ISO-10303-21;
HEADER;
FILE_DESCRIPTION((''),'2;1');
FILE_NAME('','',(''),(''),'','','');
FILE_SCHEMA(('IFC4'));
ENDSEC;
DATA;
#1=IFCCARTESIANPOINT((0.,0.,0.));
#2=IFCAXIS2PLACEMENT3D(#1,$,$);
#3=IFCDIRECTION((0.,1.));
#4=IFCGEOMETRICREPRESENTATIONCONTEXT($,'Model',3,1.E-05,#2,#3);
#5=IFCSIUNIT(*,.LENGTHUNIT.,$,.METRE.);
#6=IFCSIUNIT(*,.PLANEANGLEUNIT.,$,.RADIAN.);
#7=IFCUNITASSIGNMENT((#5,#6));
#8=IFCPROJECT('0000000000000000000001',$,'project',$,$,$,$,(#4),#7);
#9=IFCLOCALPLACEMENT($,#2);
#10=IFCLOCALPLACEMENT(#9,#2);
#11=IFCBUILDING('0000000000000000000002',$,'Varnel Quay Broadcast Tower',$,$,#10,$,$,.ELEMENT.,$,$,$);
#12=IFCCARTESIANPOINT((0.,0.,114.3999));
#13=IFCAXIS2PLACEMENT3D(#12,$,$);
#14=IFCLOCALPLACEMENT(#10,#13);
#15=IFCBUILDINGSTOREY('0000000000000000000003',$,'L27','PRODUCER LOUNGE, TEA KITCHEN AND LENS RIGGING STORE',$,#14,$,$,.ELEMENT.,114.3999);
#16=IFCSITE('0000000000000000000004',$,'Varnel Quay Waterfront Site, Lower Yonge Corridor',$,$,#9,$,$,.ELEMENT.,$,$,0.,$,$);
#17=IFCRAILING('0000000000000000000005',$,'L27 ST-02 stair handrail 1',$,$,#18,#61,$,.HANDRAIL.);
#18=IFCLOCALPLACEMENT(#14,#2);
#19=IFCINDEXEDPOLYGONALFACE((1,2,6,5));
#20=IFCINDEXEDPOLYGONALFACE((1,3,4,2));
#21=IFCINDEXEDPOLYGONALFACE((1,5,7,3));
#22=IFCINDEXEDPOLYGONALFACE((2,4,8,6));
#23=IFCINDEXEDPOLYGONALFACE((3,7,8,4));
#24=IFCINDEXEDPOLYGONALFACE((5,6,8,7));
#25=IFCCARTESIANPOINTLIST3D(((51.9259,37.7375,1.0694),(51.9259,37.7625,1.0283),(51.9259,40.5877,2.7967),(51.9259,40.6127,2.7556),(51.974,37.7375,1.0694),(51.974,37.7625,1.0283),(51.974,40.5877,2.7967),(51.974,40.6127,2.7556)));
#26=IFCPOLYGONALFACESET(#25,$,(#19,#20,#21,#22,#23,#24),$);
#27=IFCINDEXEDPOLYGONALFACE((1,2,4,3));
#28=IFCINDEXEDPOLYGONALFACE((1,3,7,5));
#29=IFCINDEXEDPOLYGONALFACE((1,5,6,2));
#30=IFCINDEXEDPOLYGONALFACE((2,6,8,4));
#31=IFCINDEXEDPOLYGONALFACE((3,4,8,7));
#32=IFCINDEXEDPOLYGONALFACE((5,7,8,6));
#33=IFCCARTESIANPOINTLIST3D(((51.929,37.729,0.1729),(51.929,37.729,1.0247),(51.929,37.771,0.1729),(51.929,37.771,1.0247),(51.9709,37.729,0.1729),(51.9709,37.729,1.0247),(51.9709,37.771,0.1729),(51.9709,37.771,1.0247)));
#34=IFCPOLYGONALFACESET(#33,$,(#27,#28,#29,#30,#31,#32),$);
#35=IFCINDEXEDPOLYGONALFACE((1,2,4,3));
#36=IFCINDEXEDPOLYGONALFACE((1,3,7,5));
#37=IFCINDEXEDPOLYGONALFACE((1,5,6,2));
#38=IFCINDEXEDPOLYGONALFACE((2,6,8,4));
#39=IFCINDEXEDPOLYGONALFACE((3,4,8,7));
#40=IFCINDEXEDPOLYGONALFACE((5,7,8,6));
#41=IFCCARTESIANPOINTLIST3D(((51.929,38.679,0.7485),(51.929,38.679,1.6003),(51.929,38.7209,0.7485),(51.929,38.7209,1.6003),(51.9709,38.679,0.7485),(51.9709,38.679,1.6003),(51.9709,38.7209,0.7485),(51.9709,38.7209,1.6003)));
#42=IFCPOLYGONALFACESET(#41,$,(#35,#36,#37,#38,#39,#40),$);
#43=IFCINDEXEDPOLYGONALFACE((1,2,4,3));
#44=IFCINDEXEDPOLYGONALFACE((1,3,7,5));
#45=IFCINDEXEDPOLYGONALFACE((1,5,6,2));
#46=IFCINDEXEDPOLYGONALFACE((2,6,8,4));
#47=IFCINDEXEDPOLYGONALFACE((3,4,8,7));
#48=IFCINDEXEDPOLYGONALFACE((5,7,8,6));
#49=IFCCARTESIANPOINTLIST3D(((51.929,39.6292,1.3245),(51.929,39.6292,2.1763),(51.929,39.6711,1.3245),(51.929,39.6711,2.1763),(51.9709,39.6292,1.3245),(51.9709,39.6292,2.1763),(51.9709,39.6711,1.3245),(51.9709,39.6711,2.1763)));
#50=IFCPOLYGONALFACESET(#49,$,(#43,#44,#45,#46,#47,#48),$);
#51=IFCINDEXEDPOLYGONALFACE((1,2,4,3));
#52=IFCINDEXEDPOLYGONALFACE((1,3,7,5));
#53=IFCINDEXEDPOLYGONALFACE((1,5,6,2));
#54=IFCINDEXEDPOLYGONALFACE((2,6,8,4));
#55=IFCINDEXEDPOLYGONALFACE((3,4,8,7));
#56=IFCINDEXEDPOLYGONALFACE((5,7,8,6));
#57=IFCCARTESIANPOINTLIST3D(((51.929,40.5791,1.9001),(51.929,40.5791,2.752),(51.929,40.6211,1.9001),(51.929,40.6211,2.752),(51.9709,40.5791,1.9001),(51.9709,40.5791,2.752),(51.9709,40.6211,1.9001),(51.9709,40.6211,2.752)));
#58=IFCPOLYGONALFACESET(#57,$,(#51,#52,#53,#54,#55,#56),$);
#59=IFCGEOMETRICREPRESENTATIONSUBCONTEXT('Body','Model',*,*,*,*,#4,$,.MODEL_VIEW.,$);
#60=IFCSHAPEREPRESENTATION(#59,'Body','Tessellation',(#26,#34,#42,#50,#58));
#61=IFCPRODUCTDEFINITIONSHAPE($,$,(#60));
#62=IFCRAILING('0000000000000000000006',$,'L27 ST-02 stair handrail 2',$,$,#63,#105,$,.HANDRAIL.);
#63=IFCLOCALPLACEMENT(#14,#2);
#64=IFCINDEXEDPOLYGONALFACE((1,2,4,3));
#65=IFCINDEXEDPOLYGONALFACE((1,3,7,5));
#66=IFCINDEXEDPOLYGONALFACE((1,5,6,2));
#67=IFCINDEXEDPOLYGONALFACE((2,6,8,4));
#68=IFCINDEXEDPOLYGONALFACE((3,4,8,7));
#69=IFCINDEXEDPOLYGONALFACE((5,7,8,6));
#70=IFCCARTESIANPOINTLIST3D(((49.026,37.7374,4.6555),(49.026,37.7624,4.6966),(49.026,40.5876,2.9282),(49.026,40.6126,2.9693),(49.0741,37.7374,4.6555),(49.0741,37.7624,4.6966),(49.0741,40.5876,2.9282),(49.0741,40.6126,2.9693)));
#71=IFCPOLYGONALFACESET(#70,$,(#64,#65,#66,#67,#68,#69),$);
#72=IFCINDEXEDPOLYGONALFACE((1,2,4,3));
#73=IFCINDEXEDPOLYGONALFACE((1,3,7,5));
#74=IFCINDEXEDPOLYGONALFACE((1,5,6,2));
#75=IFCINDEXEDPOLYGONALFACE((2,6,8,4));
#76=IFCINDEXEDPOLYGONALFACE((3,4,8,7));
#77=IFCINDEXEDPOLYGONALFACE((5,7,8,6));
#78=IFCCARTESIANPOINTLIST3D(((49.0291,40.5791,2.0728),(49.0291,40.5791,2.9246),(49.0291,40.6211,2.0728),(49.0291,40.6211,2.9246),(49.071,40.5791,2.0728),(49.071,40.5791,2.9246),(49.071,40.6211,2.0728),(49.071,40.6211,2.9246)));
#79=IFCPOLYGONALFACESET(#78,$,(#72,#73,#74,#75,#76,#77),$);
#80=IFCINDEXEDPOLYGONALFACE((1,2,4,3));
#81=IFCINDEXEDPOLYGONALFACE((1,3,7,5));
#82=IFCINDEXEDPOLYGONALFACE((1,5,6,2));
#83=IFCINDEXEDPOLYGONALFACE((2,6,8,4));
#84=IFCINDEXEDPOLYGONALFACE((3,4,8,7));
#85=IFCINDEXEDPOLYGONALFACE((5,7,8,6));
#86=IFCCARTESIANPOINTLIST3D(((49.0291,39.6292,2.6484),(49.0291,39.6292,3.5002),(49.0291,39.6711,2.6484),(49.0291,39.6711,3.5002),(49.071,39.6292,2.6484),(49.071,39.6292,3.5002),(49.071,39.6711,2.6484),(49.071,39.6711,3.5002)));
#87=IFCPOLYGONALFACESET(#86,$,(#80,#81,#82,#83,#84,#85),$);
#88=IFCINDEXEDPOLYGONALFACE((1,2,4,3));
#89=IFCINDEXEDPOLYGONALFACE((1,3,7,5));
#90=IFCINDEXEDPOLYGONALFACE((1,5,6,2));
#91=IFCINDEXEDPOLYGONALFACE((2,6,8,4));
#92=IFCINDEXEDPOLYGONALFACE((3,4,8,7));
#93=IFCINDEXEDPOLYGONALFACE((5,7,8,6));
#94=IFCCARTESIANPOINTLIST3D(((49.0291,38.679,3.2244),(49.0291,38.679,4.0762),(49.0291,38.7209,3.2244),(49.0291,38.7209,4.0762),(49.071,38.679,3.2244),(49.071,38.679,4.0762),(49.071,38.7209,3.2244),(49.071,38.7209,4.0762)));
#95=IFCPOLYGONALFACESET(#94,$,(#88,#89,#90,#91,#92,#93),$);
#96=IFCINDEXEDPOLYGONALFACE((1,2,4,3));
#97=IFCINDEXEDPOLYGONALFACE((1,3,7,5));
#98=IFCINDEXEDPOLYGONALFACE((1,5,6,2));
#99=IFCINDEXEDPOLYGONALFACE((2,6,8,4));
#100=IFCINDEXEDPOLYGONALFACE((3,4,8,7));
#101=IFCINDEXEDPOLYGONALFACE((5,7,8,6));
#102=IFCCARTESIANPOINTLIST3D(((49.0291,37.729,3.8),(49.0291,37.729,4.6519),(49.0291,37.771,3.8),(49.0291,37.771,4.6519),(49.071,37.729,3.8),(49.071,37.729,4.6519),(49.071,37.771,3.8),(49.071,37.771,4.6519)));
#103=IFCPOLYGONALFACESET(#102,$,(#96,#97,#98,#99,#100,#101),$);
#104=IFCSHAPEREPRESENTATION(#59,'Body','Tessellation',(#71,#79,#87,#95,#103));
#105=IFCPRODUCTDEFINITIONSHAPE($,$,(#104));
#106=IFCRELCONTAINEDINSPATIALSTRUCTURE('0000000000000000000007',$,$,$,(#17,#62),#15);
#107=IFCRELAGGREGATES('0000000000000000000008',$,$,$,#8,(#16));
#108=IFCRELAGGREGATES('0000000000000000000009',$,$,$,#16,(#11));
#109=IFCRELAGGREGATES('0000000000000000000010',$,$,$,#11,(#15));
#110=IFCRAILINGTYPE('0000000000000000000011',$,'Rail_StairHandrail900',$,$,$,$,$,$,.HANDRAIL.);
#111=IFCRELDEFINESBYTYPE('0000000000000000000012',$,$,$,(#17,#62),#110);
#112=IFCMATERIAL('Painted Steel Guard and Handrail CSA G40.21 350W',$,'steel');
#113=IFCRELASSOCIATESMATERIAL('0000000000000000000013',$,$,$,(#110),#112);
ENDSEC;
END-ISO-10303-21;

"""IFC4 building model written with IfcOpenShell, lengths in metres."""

from ifc_helpers import new_model, si_unit, direction, frame, origin, origin_2d, place, context, subcontext, project, spatial, rectangle, extrude, material, type_object, element, save


model = new_model("IFC4")

# Units and contexts
model_context = context("Model", 3, precision=1e-05, world=origin(), true_north=direction((0.0, 1.0)))
body_context = subcontext(model_context, "Body", "Model", "MODEL_VIEW")
ifc_project = project(units=[si_unit("LENGTHUNIT", "METRE"), si_unit("PLANEANGLEUNIT", "RADIAN")], contexts=[model_context])

# Site, building, storey
site_placement = place(None, origin())
site = spatial("IfcSite", under=ifc_project, at=site_placement, Name="Varnel Quay Waterfront Site, Lower Yonge Corridor", CompositionType="ELEMENT", RefElevation=0.0)
building_placement = place(site_placement, origin())
building = spatial("IfcBuilding", under=site, at=building_placement, Name="Varnel Quay Broadcast Tower", CompositionType="ELEMENT")
storey_placement = place(building_placement, frame((0.0, 0.0, 114.3999)))
storey = spatial("IfcBuildingStorey", under=building, at=storey_placement, Name="L27", Description="PRODUCER LOUNGE, TEA KITCHEN AND LENS RIGGING STORE", CompositionType="ELEMENT", Elevation=114.3999)

# Railings
ifc_material_1 = material(Name="Painted Steel Guard and Handrail CSA G40.21 350W", Category="steel")
railing_type_1 = type_object("IfcRailingType", Name="Rail_StairHandrail900", PredefinedType="HANDRAIL", material=ifc_material_1)
railing_1_placement = place(storey_placement, frame((51.95, 37.75, 0.1729)))
element("IfcRailing", 1, at=railing_1_placement, inside=storey, type_object=railing_type_1, Name="L27 ST-02 stair handrail 1", PredefinedType="HANDRAIL", context=body_context, shape_type="SweptSolid", body=[
    extrude(rectangle(XDim=0.0481, YDim=0.0481, at=origin_2d()), frame((0.0, 0.0, 0.876), z_axis=(0.0, 0.855203, 0.518294), x_axis=(-1.0, 0.0, 0.0)), (0.0, 0.0, 1.0), 3.3328),
    extrude(rectangle(XDim=0.042, YDim=0.042, at=origin_2d()), origin(), (0.0, 0.0, 1.0), 0.8518),
    extrude(rectangle(XDim=0.042, YDim=0.042, at=origin_2d()), frame((0.0, 0.95, 0.5757)), (0.0, 0.0, 1.0), 0.8518),
    extrude(rectangle(XDim=0.042, YDim=0.042, at=origin_2d()), frame((0.0, 1.9001, 1.1516)), (0.0, 0.0, 1.0), 0.8518),
    extrude(rectangle(XDim=0.042, YDim=0.042, at=origin_2d()), frame((0.0, 2.8501, 1.7273)), (0.0, 0.0, 1.0), 0.8518),
])
railing_2_placement = place(storey_placement, frame((49.05, 40.6001, 2.0728)))
element("IfcRailing", 2, at=railing_2_placement, inside=storey, type_object=railing_type_1, Name="L27 ST-02 stair handrail 2", PredefinedType="HANDRAIL", context=body_context, shape_type="SweptSolid", body=[
    extrude(rectangle(XDim=0.0481, YDim=0.0481, at=origin_2d()), frame((0.0, 0.0, 0.876), z_axis=(0.0, -0.855203, 0.518294), x_axis=(1.0, 0.0, 0.0)), (0.0, 0.0, 1.0), 3.3328),
    extrude(rectangle(XDim=0.042, YDim=0.042, at=origin_2d()), origin(), (0.0, 0.0, 1.0), 0.8518),
    extrude(rectangle(XDim=0.042, YDim=0.042, at=origin_2d()), frame((0.0, -0.95, 0.5757)), (0.0, 0.0, 1.0), 0.8518),
    extrude(rectangle(XDim=0.042, YDim=0.042, at=origin_2d()), frame((0.0, -1.9001, 1.1516)), (0.0, 0.0, 1.0), 0.8518),
    extrude(rectangle(XDim=0.042, YDim=0.042, at=origin_2d()), frame((0.0, -2.8501, 1.7273)), (0.0, 0.0, 1.0), 0.8518),
])

save(model, "model.ifc")
